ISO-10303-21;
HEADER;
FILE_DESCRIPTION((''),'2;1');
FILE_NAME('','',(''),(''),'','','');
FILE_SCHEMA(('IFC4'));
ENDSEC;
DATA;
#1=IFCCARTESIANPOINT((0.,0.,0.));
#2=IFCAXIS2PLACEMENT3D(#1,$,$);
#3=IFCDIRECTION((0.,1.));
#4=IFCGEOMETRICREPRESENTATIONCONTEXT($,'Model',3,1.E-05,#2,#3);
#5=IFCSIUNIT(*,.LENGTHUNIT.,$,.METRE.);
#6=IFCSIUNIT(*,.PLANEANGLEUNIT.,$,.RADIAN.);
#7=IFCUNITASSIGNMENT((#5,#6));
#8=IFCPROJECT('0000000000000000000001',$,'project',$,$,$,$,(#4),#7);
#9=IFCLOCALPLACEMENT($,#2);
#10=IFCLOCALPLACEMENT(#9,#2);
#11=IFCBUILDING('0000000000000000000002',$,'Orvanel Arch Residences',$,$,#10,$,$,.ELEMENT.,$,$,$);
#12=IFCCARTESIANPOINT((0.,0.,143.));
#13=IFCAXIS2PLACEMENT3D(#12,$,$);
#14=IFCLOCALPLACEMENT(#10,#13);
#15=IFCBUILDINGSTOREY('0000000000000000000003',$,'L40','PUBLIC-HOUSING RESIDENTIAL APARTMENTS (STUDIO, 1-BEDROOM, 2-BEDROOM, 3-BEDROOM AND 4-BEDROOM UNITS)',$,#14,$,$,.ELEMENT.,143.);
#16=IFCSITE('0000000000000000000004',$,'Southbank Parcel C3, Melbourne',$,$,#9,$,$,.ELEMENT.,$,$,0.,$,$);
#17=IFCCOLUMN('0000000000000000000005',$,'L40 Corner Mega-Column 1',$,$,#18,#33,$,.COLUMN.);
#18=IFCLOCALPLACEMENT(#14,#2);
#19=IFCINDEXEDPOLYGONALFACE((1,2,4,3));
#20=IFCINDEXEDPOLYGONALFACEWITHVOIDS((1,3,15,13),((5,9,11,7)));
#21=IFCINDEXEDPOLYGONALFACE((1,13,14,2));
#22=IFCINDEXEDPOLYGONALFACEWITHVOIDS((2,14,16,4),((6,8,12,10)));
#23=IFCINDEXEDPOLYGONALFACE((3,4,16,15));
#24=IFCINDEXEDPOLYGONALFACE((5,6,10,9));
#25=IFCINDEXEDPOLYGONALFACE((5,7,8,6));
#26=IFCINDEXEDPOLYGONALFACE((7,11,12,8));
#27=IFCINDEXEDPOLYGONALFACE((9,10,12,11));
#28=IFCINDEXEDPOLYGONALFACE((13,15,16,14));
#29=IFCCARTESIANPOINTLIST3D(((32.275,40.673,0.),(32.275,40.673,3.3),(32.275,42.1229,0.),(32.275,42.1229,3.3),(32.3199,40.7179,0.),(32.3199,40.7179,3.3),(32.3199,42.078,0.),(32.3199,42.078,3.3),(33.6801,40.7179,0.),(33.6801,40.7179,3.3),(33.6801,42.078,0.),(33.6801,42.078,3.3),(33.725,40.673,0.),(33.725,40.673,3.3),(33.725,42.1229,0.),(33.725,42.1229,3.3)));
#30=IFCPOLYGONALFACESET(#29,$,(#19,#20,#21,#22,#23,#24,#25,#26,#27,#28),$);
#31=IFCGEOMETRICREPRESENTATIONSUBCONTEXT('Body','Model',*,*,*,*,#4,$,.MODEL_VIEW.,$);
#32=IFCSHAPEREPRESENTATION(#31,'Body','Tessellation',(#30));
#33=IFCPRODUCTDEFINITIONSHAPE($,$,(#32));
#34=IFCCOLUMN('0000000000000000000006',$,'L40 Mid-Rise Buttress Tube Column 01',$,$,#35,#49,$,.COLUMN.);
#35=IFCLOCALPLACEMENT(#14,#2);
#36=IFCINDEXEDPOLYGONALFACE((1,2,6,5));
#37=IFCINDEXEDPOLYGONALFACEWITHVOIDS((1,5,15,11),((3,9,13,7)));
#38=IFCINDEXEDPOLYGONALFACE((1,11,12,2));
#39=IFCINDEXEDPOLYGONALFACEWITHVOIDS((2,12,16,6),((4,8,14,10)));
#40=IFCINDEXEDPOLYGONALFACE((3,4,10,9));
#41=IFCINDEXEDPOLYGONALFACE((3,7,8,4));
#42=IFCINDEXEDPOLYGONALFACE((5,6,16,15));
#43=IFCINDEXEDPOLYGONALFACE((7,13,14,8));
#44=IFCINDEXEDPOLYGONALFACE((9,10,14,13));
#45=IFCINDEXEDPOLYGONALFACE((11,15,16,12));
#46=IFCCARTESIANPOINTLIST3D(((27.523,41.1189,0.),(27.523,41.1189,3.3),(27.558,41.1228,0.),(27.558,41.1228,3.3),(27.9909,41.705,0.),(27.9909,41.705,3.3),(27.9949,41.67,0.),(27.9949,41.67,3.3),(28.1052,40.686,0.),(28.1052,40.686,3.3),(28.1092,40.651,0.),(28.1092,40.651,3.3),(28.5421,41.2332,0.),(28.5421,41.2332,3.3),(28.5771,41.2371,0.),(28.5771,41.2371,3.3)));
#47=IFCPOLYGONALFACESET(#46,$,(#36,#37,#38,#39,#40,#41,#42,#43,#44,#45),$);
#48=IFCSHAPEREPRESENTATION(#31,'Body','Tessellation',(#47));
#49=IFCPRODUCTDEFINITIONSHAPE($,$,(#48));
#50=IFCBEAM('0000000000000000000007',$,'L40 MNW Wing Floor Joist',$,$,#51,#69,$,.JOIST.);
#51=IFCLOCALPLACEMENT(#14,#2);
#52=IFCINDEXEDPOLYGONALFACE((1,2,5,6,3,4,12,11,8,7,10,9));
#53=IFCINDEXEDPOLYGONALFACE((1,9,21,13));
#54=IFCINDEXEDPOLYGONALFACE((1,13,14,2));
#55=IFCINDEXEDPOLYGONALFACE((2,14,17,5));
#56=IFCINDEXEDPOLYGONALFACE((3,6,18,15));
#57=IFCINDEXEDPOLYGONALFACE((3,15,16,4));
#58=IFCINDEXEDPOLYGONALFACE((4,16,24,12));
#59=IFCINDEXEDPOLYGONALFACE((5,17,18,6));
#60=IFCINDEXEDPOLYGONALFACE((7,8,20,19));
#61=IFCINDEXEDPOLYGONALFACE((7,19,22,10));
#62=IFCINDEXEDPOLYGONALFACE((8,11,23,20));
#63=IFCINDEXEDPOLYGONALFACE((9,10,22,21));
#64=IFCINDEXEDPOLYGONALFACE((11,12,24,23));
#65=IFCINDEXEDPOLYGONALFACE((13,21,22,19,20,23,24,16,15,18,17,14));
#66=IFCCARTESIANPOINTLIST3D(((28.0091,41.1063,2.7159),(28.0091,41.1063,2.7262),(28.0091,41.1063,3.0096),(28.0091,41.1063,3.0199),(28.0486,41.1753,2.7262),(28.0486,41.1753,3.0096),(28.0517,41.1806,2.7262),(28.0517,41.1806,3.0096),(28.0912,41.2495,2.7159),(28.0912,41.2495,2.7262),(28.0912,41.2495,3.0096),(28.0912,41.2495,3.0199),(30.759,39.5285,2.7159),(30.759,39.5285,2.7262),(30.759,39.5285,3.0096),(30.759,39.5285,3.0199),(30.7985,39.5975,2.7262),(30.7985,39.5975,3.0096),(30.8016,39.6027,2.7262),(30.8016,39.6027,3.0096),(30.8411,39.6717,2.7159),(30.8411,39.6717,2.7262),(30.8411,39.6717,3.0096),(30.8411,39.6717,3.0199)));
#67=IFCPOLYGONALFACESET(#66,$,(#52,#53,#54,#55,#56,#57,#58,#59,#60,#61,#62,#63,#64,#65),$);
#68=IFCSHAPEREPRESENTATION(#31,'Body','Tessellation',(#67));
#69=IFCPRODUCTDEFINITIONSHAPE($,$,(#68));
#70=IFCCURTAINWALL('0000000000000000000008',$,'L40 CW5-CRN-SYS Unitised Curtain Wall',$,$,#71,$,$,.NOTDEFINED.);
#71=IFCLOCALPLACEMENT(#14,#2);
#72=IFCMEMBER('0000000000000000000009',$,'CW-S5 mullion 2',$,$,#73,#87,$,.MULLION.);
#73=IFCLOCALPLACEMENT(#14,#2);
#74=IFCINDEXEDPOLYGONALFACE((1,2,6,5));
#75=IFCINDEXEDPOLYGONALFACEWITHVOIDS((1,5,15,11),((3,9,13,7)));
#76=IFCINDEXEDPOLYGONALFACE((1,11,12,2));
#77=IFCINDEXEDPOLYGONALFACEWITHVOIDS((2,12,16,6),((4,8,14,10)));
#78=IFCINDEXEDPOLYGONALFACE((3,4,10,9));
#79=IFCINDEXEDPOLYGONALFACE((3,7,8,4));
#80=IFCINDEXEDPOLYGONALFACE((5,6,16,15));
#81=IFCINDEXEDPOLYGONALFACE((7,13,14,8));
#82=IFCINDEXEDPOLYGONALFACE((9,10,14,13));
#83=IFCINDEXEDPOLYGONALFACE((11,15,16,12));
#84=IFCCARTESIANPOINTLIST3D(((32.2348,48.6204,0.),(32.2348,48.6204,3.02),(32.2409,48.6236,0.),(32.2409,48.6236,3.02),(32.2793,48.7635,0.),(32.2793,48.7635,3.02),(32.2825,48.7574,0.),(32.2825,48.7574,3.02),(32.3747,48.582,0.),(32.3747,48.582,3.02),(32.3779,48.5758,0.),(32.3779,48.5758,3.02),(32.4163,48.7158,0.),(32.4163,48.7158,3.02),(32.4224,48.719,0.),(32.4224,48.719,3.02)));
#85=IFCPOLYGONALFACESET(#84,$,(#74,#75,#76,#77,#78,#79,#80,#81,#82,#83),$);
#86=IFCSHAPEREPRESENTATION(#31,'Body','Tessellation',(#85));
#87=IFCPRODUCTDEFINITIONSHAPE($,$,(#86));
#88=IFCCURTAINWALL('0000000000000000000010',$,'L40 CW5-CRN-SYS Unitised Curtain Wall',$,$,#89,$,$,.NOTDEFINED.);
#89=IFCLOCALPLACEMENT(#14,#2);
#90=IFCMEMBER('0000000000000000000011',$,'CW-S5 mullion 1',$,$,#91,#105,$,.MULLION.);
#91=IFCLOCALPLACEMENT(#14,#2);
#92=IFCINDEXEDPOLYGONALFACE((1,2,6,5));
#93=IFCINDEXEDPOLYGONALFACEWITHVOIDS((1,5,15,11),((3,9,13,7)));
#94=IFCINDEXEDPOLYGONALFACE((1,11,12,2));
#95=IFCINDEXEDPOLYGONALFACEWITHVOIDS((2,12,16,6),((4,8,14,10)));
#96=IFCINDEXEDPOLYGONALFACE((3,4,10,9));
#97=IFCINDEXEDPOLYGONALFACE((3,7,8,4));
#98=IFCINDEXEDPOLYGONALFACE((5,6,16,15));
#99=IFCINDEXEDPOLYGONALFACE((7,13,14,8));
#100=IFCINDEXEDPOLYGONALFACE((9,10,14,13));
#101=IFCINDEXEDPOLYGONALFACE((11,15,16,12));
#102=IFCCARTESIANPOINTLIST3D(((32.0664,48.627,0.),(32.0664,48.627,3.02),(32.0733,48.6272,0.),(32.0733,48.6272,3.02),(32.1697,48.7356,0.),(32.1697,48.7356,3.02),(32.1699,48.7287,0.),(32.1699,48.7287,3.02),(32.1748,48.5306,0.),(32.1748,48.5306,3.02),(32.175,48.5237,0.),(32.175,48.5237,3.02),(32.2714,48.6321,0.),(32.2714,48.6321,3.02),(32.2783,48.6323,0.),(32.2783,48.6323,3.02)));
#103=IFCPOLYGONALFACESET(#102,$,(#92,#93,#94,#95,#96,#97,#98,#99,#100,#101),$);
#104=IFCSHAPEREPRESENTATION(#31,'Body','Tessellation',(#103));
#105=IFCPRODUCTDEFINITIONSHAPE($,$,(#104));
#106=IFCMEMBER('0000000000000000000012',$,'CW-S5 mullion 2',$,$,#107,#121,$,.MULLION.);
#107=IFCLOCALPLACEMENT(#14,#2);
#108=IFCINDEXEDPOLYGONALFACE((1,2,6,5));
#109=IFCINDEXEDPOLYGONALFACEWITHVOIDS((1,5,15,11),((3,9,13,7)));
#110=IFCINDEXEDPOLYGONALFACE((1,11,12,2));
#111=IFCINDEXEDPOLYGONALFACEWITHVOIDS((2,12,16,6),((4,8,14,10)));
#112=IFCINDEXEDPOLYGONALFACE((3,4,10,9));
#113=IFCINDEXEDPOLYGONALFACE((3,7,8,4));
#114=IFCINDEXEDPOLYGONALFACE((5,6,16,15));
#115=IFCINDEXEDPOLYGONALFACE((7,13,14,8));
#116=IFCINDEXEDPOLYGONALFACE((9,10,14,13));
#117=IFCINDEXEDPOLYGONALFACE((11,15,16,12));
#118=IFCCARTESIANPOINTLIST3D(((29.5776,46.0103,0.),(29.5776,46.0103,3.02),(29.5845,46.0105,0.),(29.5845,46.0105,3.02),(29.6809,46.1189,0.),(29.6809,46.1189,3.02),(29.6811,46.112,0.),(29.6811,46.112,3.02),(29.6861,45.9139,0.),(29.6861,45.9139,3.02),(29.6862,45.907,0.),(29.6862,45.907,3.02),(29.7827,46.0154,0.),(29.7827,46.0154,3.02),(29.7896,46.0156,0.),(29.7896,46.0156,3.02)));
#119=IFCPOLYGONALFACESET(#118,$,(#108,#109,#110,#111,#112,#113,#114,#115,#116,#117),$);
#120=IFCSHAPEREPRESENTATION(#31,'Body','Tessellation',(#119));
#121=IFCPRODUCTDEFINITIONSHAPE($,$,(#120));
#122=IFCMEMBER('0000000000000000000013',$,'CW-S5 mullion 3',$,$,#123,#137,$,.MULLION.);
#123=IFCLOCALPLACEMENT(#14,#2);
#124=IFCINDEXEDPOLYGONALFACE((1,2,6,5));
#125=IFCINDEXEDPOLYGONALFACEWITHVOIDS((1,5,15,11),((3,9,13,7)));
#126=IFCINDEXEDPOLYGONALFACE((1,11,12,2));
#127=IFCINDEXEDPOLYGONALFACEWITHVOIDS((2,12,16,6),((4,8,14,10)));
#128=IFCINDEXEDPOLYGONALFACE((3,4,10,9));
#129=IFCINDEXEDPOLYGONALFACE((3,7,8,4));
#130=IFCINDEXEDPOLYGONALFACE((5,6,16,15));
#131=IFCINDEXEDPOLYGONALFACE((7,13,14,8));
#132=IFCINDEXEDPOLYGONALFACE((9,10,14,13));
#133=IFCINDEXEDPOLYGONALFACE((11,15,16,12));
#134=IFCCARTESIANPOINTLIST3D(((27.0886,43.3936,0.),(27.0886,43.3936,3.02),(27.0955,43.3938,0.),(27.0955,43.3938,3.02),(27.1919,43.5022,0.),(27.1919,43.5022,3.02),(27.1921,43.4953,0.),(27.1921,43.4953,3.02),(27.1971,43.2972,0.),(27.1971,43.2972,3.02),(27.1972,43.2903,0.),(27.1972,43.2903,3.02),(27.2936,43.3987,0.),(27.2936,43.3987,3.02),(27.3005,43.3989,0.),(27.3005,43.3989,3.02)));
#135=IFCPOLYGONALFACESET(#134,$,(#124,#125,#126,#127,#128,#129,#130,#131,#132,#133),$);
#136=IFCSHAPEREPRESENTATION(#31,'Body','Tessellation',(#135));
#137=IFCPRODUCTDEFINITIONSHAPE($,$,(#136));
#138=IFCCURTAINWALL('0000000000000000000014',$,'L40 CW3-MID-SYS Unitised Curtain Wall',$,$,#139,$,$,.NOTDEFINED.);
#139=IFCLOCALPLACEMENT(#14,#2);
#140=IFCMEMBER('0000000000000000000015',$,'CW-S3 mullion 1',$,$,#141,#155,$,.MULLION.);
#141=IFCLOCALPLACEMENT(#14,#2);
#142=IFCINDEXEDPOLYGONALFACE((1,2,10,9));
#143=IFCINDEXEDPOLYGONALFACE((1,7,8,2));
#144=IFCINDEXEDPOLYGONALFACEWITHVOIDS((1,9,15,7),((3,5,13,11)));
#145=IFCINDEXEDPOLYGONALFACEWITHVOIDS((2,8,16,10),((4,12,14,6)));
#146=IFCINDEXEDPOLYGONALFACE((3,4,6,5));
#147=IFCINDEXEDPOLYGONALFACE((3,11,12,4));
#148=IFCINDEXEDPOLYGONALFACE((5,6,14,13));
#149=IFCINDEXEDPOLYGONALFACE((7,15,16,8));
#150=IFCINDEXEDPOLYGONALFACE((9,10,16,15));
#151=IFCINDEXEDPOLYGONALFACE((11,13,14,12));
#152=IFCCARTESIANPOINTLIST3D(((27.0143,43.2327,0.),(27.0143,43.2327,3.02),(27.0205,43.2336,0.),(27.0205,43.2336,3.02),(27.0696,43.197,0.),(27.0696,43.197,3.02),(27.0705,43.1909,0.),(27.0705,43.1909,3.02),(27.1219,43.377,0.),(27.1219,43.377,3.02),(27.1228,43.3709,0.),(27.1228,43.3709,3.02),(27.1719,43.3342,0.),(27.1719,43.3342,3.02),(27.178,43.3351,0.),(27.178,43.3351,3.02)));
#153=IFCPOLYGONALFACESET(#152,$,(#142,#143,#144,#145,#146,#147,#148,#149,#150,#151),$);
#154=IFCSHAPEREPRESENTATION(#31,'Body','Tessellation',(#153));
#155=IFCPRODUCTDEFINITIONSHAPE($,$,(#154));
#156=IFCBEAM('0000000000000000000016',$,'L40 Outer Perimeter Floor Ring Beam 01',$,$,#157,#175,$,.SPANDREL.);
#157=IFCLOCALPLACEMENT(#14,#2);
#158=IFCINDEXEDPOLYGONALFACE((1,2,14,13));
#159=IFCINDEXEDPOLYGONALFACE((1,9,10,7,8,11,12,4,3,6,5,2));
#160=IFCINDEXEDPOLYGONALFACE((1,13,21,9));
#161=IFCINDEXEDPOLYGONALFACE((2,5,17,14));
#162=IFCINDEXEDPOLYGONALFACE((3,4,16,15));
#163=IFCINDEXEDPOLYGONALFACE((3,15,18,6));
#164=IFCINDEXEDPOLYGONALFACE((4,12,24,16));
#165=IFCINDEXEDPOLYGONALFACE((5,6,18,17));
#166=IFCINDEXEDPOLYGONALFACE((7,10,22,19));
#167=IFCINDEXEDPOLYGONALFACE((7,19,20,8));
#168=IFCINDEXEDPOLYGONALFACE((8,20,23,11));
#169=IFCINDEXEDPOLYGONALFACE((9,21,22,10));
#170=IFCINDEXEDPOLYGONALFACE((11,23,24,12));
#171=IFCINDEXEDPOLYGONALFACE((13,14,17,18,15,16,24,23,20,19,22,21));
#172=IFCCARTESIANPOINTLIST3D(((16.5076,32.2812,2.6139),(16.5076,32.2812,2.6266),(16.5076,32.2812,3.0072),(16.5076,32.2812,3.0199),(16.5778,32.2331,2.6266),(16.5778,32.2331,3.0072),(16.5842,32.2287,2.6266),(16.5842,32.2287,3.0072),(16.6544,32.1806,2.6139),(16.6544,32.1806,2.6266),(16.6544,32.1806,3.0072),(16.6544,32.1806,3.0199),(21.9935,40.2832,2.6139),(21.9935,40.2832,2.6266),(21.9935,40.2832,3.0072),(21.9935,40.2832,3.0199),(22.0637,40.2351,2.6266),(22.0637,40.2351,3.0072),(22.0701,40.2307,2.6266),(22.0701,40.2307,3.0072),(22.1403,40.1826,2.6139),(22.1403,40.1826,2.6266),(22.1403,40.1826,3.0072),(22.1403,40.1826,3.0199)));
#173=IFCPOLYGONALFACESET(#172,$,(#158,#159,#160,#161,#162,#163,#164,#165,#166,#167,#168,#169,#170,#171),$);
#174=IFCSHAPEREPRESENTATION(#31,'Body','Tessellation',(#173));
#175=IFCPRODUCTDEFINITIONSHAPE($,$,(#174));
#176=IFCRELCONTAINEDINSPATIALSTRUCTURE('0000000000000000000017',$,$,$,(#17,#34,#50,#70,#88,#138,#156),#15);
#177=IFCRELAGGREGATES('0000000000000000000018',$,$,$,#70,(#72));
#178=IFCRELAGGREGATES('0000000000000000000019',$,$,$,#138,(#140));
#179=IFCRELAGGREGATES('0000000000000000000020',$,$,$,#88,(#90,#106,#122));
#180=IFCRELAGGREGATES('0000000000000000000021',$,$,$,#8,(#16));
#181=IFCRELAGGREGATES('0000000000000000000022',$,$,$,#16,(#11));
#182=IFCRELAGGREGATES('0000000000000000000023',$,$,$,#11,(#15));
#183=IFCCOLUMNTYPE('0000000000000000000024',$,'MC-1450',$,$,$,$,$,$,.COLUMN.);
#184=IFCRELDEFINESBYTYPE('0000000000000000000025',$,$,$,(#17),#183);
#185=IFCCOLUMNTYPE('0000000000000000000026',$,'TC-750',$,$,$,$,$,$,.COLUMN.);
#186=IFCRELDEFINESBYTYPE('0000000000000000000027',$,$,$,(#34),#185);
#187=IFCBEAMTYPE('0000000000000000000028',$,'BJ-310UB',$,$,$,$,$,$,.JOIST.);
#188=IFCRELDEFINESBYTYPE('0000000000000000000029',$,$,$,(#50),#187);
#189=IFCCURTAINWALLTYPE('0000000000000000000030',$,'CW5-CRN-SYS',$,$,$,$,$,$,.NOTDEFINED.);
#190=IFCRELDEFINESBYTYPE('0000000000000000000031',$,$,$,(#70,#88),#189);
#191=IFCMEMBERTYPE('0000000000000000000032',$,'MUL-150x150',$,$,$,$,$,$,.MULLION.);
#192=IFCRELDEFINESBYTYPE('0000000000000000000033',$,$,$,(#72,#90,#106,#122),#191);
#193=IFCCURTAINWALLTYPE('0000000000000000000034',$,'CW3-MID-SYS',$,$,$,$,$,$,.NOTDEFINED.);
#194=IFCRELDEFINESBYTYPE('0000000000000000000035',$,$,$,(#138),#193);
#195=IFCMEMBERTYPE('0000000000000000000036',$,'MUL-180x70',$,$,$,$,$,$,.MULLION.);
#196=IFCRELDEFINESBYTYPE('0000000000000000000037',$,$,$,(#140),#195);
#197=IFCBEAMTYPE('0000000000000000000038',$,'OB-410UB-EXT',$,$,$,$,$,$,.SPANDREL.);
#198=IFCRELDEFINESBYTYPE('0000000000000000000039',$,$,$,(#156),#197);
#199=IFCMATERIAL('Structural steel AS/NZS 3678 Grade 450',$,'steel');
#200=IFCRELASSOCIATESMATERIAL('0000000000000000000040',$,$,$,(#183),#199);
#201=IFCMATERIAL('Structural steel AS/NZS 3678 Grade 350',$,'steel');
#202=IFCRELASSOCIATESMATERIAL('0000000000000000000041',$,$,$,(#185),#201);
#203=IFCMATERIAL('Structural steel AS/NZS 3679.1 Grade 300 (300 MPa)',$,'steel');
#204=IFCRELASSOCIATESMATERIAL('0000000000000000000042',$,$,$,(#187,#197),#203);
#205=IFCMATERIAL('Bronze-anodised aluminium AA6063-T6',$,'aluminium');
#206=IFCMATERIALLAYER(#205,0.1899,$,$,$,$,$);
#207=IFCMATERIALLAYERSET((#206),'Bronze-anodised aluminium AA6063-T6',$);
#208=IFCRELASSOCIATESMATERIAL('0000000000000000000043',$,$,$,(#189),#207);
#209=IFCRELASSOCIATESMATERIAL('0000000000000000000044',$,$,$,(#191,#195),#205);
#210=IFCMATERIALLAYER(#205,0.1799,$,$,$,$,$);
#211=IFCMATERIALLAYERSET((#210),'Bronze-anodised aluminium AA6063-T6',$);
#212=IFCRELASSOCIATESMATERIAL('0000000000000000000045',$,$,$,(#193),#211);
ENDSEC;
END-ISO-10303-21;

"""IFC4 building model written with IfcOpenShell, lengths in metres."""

from ifc_helpers import new_model, si_unit, direction, frame, origin, origin_2d, place, context, subcontext, project, spatial, hollow_rectangle, i_section, extrude, material, layer, layer_set, material_profile, profile_set, type_object, element, aggregate, save


model = new_model("IFC4")

# Units and contexts
model_context = context("Model", 3, precision=1e-05, world=origin(), true_north=direction((0.0, 1.0)))
body_context = subcontext(model_context, "Body", "Model", "MODEL_VIEW")
ifc_project = project(units=[si_unit("LENGTHUNIT", "METRE"), si_unit("PLANEANGLEUNIT", "RADIAN")], contexts=[model_context])

# Site, building, storey
site_placement = place(None, origin())
site = spatial("IfcSite", under=ifc_project, at=site_placement, Name="Southbank Parcel C3, Melbourne", CompositionType="ELEMENT", RefElevation=0.0)
building_placement = place(site_placement, origin())
building = spatial("IfcBuilding", under=site, at=building_placement, Name="Orvanel Arch Residences", CompositionType="ELEMENT")
storey_placement = place(building_placement, frame((0.0, 0.0, 143.0)))
storey = spatial("IfcBuildingStorey", under=building, at=storey_placement, Name="L40", Description="PUBLIC-HOUSING RESIDENTIAL APARTMENTS (STUDIO, 1-BEDROOM, 2-BEDROOM, 3-BEDROOM AND 4-BEDROOM UNITS)", CompositionType="ELEMENT", Elevation=143.0)

# Columns
ifc_material_1 = material(Name="Structural steel AS/NZS 3678 Grade 450", Category="steel")
ifc_material_profile_1 = material_profile(ifc_material_1, hollow_rectangle(XDim=1.45, YDim=1.45, WallThickness=0.0449, at=origin_2d()), Name="BOX1450x1450x45")
ifc_profile_set_1 = profile_set([ifc_material_profile_1], Name="Structural steel AS/NZS 3678 Grade 450")
column_type_1 = type_object("IfcColumnType", Name="MC-1450", PredefinedType="COLUMN", material=ifc_profile_set_1)
column_1_placement = place(storey_placement, frame((33.0, 41.3979, 0.0), z_axis=(0.0, 0.0, 1.0), x_axis=(1.0, 0.0, 0.0)))
element("IfcColumn", 1, at=column_1_placement, inside=storey, type_object=column_type_1, Name="L40 Corner Mega-Column 1", PredefinedType="COLUMN", context=body_context, shape_type="SweptSolid", body=[
    extrude(hollow_rectangle(XDim=1.45, YDim=1.45, WallThickness=0.0449, at=origin_2d()), origin(), (0.0, 0.0, 1.0), 3.3),
])
ifc_material_2 = material(Name="Structural steel AS/NZS 3678 Grade 350", Category="steel")
ifc_material_profile_2 = material_profile(ifc_material_2, hollow_rectangle(XDim=0.75, YDim=0.75, WallThickness=0.0249, at=origin_2d()), Name="BOX750x750x25")
ifc_profile_set_2 = profile_set([ifc_material_profile_2], Name="Structural steel AS/NZS 3678 Grade 350")
column_type_2 = type_object("IfcColumnType", Name="TC-750", PredefinedType="COLUMN", material=ifc_profile_set_2)
column_2_placement = place(storey_placement, frame((28.05, 41.178, 0.0), z_axis=(0.0, 0.0, 1.0), x_axis=(0.62388, 0.78152, 0.0)))
element("IfcColumn", 2, at=column_2_placement, inside=storey, type_object=column_type_2, Name="L40 Mid-Rise Buttress Tube Column 01", PredefinedType="COLUMN", context=body_context, shape_type="SweptSolid", body=[
    extrude(hollow_rectangle(XDim=0.75, YDim=0.75, WallThickness=0.0249, at=origin_2d()), origin(), (0.0, 0.0, 1.0), 3.3),
])

# Beam
ifc_material_3 = material(Name="Structural steel AS/NZS 3679.1 Grade 300 (300 MPa)", Category="steel")
ifc_material_profile_3 = material_profile(ifc_material_3, i_section(OverallWidth=0.165, OverallDepth=0.304, WebThickness=0.0061, FlangeThickness=0.0103, at=origin_2d()), Name="310UB40.4")
ifc_profile_set_3 = profile_set([ifc_material_profile_3], Name="Structural steel AS/NZS 3679.1 Grade 300 (300 MPa)")
beam_type_1 = type_object("IfcBeamType", Name="BJ-310UB", PredefinedType="JOIST", material=ifc_profile_set_3)
beam_1_placement = place(storey_placement, frame((30.8, 39.6001, 2.8679), z_axis=(-0.867365, 0.497672, 0.0), x_axis=(-0.497672, -0.867365, 0.0)))
element("IfcBeam", 3, at=beam_1_placement, inside=storey, type_object=beam_type_1, Name="L40 MNW Wing Floor Joist", PredefinedType="JOIST", context=body_context, shape_type="SweptSolid", body=[
    extrude(i_section(OverallWidth=0.165, OverallDepth=0.304, WebThickness=0.0061, FlangeThickness=0.0103, at=origin_2d()), origin(), (0.0, 0.0, 1.0), 3.1704),
])

# Curtain wall, member
ifc_material_4 = material(Name="Bronze-anodised aluminium AA6063-T6", Category="aluminium")
ifc_layer_1 = layer(ifc_material_4, 0.1899)
ifc_layer_set_1 = layer_set([ifc_layer_1], Name="Bronze-anodised aluminium AA6063-T6")
curtain_wall_type_1 = type_object("IfcCurtainWallType", Name="CW5-CRN-SYS", PredefinedType="NOTDEFINED", material=ifc_layer_set_1)
curtain_wall_1_placement = place(storey_placement, origin())
curtain_wall_1 = element("IfcCurtainWall", 4, at=curtain_wall_1_placement, inside=storey, type_object=curtain_wall_type_1, Name="L40 CW5-CRN-SYS Unitised Curtain Wall", PredefinedType="NOTDEFINED")
ifc_material_profile_4 = material_profile(ifc_material_4, hollow_rectangle(XDim=0.1499, YDim=0.1499, WallThickness=0.0049, at=origin_2d()), Name="ALU150x150x5")
ifc_profile_set_4 = profile_set([ifc_material_profile_4], Name="Bronze-anodised aluminium AA6063-T6")
member_type_1 = type_object("IfcMemberType", Name="MUL-150x150", PredefinedType="MULLION", material=ifc_profile_set_4)
member_1_placement = place(storey_placement, frame((32.3286, 48.6697, 0.0), z_axis=(0.0, 0.0, 1.0), x_axis=(-0.297028, -0.954869, 0.0)))
member_1 = element("IfcMember", 5, at=member_1_placement, type_object=member_type_1, Name="CW-S5 mullion 2", PredefinedType="MULLION", context=body_context, shape_type="SweptSolid", body=[
    extrude(hollow_rectangle(XDim=0.1499, YDim=0.1499, WallThickness=0.0049, at=origin_2d()), origin(), (0.0, 0.0, 1.0), 3.02),
])
aggregate(curtain_wall_1, [member_1])

# Curtain wall, members
curtain_wall_2_placement = place(storey_placement, origin())
curtain_wall_2 = element("IfcCurtainWall", 6, at=curtain_wall_2_placement, inside=storey, type_object=curtain_wall_type_1, Name="L40 CW5-CRN-SYS Unitised Curtain Wall", PredefinedType="NOTDEFINED")
member_2_placement = place(storey_placement, frame((32.1724, 48.6296, 0.0), z_axis=(0.0, 0.0, 1.0), x_axis=(0.724586, -0.689184, 0.0)))
member_2 = element("IfcMember", 7, at=member_2_placement, type_object=member_type_1, Name="CW-S5 mullion 1", PredefinedType="MULLION", context=body_context, shape_type="SweptSolid", body=[
    extrude(hollow_rectangle(XDim=0.1499, YDim=0.1499, WallThickness=0.0049, at=origin_2d()), origin(), (0.0, 0.0, 1.0), 3.02),
])
member_3_placement = place(storey_placement, frame((29.6836, 46.0129, 0.0), z_axis=(0.0, 0.0, 1.0), x_axis=(0.724586, -0.689184, 0.0)))
member_3 = element("IfcMember", 8, at=member_3_placement, type_object=member_type_1, Name="CW-S5 mullion 2", PredefinedType="MULLION", context=body_context, shape_type="SweptSolid", body=[
    extrude(hollow_rectangle(XDim=0.1499, YDim=0.1499, WallThickness=0.0049, at=origin_2d()), origin(), (0.0, 0.0, 1.0), 3.02),
])
member_4_placement = place(storey_placement, frame((27.1946, 43.3962, 0.0), z_axis=(0.0, 0.0, 1.0), x_axis=(0.724586, -0.689184, 0.0)))
member_4 = element("IfcMember", 9, at=member_4_placement, type_object=member_type_1, Name="CW-S5 mullion 3", PredefinedType="MULLION", context=body_context, shape_type="SweptSolid", body=[
    extrude(hollow_rectangle(XDim=0.1499, YDim=0.1499, WallThickness=0.0049, at=origin_2d()), origin(), (0.0, 0.0, 1.0), 3.02),
])

# Curtain wall, member
ifc_layer_2 = layer(ifc_material_4, 0.1799)
ifc_layer_set_2 = layer_set([ifc_layer_2], Name="Bronze-anodised aluminium AA6063-T6")
curtain_wall_type_2 = type_object("IfcCurtainWallType", Name="CW3-MID-SYS", PredefinedType="NOTDEFINED", material=ifc_layer_set_2)
curtain_wall_3_placement = place(storey_placement, origin())
curtain_wall_3 = element("IfcCurtainWall", 10, at=curtain_wall_3_placement, inside=storey, type_object=curtain_wall_type_2, Name="L40 CW3-MID-SYS Unitised Curtain Wall", PredefinedType="NOTDEFINED")
ifc_material_profile_5 = material_profile(ifc_material_4, hollow_rectangle(XDim=0.0701, YDim=0.1799, WallThickness=0.0044, at=origin_2d()), Name="ALU180x70x4.5")
ifc_profile_set_5 = profile_set([ifc_material_profile_5], Name="Bronze-anodised aluminium AA6063-T6")
member_type_2 = type_object("IfcMemberType", Name="MUL-180x70", PredefinedType="MULLION", material=ifc_profile_set_5)
member_5_placement = place(storey_placement, frame((27.0962, 43.2839, 0.0), z_axis=(0.0, 0.0, 1.0), x_axis=(0.801814, -0.597574, 0.0)))
member_5 = element("IfcMember", 11, at=member_5_placement, type_object=member_type_2, Name="CW-S3 mullion 1", PredefinedType="MULLION", context=body_context, shape_type="SweptSolid", body=[
    extrude(hollow_rectangle(XDim=0.0701, YDim=0.1799, WallThickness=0.0044, at=origin_2d()), origin(), (0.0, 0.0, 1.0), 3.02),
])

# Beam
ifc_material_profile_6 = material_profile(ifc_material_3, i_section(OverallWidth=0.178, OverallDepth=0.406, WebThickness=0.0078, FlangeThickness=0.0127, at=origin_2d()), Name="410UB59.7")
ifc_profile_set_6 = profile_set([ifc_material_profile_6], Name="Structural steel AS/NZS 3679.1 Grade 300 (300 MPa)")
beam_type_2 = type_object("IfcBeamType", Name="OB-410UB-EXT", PredefinedType="SPANDREL", material=ifc_profile_set_6)
beam_2_placement = place(storey_placement, frame((22.0669, 40.2329, 2.8169), z_axis=(-0.565443, -0.824787, 0.0), x_axis=(0.824787, -0.565443, 0.0)))
element("IfcBeam", 12, at=beam_2_placement, inside=storey, type_object=beam_type_2, Name="L40 Outer Perimeter Floor Ring Beam 01", PredefinedType="SPANDREL", context=body_context, shape_type="SweptSolid", body=[
    extrude(i_section(OverallWidth=0.178, OverallDepth=0.406, WebThickness=0.0078, FlangeThickness=0.0127, at=origin_2d()), origin(), (0.0, 0.0, 1.0), 9.7019),
])

aggregate(curtain_wall_3, [member_5])
aggregate(curtain_wall_2, [member_2, member_3, member_4])

save(model, "model.ifc")
